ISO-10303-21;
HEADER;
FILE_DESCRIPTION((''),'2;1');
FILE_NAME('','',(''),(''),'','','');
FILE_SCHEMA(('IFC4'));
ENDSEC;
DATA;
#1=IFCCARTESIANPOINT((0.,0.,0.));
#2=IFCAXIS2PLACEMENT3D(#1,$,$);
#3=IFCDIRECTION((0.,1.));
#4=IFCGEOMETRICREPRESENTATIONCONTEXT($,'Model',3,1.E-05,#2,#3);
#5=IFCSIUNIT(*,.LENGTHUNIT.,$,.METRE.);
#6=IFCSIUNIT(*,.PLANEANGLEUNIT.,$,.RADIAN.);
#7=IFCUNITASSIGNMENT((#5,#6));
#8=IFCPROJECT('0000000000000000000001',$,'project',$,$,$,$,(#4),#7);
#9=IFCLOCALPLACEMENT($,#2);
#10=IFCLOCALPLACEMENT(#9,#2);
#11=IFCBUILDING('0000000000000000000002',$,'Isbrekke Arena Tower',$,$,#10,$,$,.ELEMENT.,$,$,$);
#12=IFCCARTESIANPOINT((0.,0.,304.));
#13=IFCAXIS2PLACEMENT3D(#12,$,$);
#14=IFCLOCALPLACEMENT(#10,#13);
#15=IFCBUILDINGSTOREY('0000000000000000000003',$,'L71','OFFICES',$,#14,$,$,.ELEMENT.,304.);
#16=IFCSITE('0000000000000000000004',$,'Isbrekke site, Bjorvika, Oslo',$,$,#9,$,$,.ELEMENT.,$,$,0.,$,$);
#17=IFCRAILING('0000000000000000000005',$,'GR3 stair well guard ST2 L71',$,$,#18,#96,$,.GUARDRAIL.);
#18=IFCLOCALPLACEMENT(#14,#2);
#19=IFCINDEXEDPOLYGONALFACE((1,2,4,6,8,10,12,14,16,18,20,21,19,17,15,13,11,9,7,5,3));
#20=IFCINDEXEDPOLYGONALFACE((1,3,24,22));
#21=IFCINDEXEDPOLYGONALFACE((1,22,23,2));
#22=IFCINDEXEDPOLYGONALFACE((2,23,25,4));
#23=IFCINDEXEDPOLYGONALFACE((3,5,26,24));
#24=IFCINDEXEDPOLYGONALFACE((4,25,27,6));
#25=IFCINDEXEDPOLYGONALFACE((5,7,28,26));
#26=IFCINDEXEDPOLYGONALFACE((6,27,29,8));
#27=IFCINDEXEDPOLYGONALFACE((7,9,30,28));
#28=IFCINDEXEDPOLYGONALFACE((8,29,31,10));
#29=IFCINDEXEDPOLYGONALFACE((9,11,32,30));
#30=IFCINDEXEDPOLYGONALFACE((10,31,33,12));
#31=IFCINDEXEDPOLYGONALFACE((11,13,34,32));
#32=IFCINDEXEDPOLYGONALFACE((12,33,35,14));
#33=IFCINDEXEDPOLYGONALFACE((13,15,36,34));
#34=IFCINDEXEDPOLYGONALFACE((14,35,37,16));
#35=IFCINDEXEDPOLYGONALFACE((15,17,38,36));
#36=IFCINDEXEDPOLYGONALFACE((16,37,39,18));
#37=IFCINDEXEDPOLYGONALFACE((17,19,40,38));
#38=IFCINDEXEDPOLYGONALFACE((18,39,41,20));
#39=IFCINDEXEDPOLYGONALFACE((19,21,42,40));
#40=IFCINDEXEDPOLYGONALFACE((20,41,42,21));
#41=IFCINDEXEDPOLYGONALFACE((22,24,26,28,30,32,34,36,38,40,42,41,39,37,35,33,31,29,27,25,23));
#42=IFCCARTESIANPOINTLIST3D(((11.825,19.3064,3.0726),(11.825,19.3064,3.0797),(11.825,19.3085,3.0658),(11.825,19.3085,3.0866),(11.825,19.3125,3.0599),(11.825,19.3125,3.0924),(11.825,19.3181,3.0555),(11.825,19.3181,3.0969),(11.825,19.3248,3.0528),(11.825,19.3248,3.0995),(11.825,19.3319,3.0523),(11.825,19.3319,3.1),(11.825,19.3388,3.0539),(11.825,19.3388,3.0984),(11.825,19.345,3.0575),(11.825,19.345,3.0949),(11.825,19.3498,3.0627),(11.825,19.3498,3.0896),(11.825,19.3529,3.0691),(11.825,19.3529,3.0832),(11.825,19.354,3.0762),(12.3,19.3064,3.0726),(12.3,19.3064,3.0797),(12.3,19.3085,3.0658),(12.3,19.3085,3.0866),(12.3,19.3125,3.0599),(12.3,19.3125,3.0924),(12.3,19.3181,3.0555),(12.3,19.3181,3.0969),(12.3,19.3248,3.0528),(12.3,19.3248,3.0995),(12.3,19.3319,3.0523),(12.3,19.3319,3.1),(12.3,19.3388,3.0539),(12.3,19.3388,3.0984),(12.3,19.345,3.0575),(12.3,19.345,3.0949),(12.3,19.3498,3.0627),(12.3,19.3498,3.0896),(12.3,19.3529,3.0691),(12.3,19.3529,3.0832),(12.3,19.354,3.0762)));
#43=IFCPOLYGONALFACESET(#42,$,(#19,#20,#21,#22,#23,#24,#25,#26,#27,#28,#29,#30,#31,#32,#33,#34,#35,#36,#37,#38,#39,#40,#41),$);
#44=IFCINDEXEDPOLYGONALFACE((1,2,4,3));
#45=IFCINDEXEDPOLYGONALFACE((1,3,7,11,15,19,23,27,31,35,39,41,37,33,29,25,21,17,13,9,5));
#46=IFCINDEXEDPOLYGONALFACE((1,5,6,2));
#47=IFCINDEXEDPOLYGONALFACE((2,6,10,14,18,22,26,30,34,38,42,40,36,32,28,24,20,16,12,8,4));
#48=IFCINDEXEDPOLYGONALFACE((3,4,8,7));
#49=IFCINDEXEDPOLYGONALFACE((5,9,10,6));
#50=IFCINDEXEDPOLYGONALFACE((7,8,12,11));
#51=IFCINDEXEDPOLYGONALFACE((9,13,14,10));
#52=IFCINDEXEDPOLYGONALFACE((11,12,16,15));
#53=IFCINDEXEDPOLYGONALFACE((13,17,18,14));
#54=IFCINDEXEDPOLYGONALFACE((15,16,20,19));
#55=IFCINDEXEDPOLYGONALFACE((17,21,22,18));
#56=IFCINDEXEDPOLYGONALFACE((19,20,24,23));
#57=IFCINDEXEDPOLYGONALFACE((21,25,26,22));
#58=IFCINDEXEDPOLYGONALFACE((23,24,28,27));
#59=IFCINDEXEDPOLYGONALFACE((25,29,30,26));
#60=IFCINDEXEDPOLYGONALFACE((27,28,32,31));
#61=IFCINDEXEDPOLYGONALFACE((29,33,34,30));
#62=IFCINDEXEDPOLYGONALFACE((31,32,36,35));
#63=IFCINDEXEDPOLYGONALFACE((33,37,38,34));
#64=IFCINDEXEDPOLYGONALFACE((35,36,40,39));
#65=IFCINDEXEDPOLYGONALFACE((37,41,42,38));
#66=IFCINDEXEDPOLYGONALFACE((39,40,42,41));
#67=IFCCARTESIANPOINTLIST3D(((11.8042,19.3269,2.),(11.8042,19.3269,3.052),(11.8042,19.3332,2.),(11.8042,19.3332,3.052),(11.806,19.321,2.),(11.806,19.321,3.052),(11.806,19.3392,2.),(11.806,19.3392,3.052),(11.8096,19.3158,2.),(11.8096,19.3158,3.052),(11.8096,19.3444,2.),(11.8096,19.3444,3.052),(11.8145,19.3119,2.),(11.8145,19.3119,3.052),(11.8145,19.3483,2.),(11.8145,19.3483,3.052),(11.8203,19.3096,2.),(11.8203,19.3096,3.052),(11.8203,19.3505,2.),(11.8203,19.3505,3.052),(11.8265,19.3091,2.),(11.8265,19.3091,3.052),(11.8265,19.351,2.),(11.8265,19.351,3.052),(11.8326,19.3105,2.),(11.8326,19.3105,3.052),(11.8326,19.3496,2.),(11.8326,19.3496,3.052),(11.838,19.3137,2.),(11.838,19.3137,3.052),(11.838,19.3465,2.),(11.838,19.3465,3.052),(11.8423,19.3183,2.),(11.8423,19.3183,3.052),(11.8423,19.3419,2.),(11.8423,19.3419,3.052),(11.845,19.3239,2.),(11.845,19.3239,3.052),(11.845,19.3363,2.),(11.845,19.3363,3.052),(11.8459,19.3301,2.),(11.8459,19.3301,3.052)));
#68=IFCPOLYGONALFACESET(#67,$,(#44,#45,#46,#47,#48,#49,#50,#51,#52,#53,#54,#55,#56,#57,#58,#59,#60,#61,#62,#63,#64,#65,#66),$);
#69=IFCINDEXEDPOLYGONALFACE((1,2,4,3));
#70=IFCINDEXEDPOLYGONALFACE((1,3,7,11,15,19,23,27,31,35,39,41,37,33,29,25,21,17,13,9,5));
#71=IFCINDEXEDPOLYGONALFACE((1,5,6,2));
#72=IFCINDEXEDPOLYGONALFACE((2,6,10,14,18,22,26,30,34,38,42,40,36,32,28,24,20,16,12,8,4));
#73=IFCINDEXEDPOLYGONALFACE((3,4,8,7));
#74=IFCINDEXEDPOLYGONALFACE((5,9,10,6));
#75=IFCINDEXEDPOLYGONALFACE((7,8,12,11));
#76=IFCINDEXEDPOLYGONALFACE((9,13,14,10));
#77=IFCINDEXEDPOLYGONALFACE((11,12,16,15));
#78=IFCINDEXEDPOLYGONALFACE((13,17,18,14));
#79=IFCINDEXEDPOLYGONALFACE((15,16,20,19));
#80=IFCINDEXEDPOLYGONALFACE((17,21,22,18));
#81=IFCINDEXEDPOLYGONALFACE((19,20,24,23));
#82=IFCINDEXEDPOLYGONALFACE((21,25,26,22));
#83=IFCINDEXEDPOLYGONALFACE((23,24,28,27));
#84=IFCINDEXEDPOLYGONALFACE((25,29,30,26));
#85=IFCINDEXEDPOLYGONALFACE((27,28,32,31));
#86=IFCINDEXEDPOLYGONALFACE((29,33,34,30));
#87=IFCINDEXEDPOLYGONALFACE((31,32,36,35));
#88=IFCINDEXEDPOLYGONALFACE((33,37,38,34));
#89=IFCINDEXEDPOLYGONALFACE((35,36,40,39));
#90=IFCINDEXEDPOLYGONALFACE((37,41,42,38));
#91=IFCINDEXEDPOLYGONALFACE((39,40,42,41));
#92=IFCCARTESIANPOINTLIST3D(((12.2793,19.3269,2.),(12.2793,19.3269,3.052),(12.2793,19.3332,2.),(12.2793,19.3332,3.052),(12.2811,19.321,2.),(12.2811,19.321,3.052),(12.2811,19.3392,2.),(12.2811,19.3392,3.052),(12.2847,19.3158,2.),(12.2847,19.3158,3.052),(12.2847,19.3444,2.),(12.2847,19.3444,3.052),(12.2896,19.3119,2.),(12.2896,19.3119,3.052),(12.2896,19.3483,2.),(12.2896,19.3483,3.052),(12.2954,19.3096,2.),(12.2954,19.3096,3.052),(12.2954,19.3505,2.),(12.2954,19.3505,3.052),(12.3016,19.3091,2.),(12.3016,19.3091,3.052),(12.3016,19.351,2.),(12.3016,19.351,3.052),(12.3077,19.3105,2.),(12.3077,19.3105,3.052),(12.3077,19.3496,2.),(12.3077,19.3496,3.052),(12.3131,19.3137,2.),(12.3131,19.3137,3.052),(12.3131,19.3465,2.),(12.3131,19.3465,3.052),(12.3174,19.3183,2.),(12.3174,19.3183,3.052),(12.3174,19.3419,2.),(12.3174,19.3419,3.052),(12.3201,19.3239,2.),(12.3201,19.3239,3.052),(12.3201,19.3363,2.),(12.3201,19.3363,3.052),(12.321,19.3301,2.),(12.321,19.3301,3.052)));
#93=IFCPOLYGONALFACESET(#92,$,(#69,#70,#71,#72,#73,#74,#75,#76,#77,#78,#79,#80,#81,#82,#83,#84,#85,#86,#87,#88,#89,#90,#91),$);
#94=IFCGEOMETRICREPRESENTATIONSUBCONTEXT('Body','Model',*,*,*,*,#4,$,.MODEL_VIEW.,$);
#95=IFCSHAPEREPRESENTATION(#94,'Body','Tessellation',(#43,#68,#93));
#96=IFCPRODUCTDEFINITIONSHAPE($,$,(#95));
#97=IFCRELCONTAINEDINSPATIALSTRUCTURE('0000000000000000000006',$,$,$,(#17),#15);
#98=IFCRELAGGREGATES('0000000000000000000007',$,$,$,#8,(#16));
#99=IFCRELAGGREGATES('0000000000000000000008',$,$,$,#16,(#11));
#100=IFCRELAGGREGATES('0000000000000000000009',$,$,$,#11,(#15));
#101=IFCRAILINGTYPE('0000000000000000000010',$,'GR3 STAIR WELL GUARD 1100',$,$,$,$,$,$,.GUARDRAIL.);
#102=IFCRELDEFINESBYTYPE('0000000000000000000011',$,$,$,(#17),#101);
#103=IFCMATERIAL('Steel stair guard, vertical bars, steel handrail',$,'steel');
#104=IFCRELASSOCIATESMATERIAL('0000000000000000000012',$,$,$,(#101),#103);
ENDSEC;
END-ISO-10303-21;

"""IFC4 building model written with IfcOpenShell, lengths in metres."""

from ifc_helpers import new_model, si_unit, direction, frame, origin, origin_2d, place, context, subcontext, project, spatial, circle, extrude, material, type_object, element, save


model = new_model("IFC4")

# Units and contexts
model_context = context("Model", 3, precision=1e-05, world=origin(), true_north=direction((0.0, 1.0)))
body_context = subcontext(model_context, "Body", "Model", "MODEL_VIEW")
ifc_project = project(units=[si_unit("LENGTHUNIT", "METRE"), si_unit("PLANEANGLEUNIT", "RADIAN")], contexts=[model_context])

# Site, building, storey
site_placement = place(None, origin())
site = spatial("IfcSite", under=ifc_project, at=site_placement, Name="Isbrekke site, Bjorvika, Oslo", CompositionType="ELEMENT", RefElevation=0.0)
building_placement = place(site_placement, origin())
building = spatial("IfcBuilding", under=site, at=building_placement, Name="Isbrekke Arena Tower", CompositionType="ELEMENT")
storey_placement = place(building_placement, frame((0.0, 0.0, 304.0)))
storey = spatial("IfcBuildingStorey", under=building, at=storey_placement, Name="L71", Description="OFFICES", CompositionType="ELEMENT", Elevation=304.0)

# Railing
ifc_material_1 = material(Name="Steel stair guard, vertical bars, steel handrail", Category="steel")
railing_type = type_object("IfcRailingType", Name="GR3 STAIR WELL GUARD 1100", PredefinedType="GUARDRAIL", material=ifc_material_1)
for number, where, name in (
    (1, (11.825, 19.3301, 2.0), "GR3 stair well guard ST2 L71"),
):
    element("IfcRailing", number, at=place(storey_placement, frame(where)), inside=storey, type_object=railing_type, Name=name, PredefinedType="GUARDRAIL", context=body_context, shape_type="SweptSolid", body=[
        extrude(circle(Radius=0.0239, at=origin_2d()), frame((0.0, 0.0, 1.0762), z_axis=(1.0, 0.0, 0.0), x_axis=(0.0, 1.0, 0.0)), (0.0, 0.0, 1.0), 0.4751),
        extrude(circle(Radius=0.021, at=origin_2d()), origin(), (0.0, 0.0, 1.0), 1.052),
        extrude(circle(Radius=0.021, at=origin_2d()), frame((0.4751, 0.0, 0.0)), (0.0, 0.0, 1.0), 1.052),
    ])

save(model, "model.ifc")
